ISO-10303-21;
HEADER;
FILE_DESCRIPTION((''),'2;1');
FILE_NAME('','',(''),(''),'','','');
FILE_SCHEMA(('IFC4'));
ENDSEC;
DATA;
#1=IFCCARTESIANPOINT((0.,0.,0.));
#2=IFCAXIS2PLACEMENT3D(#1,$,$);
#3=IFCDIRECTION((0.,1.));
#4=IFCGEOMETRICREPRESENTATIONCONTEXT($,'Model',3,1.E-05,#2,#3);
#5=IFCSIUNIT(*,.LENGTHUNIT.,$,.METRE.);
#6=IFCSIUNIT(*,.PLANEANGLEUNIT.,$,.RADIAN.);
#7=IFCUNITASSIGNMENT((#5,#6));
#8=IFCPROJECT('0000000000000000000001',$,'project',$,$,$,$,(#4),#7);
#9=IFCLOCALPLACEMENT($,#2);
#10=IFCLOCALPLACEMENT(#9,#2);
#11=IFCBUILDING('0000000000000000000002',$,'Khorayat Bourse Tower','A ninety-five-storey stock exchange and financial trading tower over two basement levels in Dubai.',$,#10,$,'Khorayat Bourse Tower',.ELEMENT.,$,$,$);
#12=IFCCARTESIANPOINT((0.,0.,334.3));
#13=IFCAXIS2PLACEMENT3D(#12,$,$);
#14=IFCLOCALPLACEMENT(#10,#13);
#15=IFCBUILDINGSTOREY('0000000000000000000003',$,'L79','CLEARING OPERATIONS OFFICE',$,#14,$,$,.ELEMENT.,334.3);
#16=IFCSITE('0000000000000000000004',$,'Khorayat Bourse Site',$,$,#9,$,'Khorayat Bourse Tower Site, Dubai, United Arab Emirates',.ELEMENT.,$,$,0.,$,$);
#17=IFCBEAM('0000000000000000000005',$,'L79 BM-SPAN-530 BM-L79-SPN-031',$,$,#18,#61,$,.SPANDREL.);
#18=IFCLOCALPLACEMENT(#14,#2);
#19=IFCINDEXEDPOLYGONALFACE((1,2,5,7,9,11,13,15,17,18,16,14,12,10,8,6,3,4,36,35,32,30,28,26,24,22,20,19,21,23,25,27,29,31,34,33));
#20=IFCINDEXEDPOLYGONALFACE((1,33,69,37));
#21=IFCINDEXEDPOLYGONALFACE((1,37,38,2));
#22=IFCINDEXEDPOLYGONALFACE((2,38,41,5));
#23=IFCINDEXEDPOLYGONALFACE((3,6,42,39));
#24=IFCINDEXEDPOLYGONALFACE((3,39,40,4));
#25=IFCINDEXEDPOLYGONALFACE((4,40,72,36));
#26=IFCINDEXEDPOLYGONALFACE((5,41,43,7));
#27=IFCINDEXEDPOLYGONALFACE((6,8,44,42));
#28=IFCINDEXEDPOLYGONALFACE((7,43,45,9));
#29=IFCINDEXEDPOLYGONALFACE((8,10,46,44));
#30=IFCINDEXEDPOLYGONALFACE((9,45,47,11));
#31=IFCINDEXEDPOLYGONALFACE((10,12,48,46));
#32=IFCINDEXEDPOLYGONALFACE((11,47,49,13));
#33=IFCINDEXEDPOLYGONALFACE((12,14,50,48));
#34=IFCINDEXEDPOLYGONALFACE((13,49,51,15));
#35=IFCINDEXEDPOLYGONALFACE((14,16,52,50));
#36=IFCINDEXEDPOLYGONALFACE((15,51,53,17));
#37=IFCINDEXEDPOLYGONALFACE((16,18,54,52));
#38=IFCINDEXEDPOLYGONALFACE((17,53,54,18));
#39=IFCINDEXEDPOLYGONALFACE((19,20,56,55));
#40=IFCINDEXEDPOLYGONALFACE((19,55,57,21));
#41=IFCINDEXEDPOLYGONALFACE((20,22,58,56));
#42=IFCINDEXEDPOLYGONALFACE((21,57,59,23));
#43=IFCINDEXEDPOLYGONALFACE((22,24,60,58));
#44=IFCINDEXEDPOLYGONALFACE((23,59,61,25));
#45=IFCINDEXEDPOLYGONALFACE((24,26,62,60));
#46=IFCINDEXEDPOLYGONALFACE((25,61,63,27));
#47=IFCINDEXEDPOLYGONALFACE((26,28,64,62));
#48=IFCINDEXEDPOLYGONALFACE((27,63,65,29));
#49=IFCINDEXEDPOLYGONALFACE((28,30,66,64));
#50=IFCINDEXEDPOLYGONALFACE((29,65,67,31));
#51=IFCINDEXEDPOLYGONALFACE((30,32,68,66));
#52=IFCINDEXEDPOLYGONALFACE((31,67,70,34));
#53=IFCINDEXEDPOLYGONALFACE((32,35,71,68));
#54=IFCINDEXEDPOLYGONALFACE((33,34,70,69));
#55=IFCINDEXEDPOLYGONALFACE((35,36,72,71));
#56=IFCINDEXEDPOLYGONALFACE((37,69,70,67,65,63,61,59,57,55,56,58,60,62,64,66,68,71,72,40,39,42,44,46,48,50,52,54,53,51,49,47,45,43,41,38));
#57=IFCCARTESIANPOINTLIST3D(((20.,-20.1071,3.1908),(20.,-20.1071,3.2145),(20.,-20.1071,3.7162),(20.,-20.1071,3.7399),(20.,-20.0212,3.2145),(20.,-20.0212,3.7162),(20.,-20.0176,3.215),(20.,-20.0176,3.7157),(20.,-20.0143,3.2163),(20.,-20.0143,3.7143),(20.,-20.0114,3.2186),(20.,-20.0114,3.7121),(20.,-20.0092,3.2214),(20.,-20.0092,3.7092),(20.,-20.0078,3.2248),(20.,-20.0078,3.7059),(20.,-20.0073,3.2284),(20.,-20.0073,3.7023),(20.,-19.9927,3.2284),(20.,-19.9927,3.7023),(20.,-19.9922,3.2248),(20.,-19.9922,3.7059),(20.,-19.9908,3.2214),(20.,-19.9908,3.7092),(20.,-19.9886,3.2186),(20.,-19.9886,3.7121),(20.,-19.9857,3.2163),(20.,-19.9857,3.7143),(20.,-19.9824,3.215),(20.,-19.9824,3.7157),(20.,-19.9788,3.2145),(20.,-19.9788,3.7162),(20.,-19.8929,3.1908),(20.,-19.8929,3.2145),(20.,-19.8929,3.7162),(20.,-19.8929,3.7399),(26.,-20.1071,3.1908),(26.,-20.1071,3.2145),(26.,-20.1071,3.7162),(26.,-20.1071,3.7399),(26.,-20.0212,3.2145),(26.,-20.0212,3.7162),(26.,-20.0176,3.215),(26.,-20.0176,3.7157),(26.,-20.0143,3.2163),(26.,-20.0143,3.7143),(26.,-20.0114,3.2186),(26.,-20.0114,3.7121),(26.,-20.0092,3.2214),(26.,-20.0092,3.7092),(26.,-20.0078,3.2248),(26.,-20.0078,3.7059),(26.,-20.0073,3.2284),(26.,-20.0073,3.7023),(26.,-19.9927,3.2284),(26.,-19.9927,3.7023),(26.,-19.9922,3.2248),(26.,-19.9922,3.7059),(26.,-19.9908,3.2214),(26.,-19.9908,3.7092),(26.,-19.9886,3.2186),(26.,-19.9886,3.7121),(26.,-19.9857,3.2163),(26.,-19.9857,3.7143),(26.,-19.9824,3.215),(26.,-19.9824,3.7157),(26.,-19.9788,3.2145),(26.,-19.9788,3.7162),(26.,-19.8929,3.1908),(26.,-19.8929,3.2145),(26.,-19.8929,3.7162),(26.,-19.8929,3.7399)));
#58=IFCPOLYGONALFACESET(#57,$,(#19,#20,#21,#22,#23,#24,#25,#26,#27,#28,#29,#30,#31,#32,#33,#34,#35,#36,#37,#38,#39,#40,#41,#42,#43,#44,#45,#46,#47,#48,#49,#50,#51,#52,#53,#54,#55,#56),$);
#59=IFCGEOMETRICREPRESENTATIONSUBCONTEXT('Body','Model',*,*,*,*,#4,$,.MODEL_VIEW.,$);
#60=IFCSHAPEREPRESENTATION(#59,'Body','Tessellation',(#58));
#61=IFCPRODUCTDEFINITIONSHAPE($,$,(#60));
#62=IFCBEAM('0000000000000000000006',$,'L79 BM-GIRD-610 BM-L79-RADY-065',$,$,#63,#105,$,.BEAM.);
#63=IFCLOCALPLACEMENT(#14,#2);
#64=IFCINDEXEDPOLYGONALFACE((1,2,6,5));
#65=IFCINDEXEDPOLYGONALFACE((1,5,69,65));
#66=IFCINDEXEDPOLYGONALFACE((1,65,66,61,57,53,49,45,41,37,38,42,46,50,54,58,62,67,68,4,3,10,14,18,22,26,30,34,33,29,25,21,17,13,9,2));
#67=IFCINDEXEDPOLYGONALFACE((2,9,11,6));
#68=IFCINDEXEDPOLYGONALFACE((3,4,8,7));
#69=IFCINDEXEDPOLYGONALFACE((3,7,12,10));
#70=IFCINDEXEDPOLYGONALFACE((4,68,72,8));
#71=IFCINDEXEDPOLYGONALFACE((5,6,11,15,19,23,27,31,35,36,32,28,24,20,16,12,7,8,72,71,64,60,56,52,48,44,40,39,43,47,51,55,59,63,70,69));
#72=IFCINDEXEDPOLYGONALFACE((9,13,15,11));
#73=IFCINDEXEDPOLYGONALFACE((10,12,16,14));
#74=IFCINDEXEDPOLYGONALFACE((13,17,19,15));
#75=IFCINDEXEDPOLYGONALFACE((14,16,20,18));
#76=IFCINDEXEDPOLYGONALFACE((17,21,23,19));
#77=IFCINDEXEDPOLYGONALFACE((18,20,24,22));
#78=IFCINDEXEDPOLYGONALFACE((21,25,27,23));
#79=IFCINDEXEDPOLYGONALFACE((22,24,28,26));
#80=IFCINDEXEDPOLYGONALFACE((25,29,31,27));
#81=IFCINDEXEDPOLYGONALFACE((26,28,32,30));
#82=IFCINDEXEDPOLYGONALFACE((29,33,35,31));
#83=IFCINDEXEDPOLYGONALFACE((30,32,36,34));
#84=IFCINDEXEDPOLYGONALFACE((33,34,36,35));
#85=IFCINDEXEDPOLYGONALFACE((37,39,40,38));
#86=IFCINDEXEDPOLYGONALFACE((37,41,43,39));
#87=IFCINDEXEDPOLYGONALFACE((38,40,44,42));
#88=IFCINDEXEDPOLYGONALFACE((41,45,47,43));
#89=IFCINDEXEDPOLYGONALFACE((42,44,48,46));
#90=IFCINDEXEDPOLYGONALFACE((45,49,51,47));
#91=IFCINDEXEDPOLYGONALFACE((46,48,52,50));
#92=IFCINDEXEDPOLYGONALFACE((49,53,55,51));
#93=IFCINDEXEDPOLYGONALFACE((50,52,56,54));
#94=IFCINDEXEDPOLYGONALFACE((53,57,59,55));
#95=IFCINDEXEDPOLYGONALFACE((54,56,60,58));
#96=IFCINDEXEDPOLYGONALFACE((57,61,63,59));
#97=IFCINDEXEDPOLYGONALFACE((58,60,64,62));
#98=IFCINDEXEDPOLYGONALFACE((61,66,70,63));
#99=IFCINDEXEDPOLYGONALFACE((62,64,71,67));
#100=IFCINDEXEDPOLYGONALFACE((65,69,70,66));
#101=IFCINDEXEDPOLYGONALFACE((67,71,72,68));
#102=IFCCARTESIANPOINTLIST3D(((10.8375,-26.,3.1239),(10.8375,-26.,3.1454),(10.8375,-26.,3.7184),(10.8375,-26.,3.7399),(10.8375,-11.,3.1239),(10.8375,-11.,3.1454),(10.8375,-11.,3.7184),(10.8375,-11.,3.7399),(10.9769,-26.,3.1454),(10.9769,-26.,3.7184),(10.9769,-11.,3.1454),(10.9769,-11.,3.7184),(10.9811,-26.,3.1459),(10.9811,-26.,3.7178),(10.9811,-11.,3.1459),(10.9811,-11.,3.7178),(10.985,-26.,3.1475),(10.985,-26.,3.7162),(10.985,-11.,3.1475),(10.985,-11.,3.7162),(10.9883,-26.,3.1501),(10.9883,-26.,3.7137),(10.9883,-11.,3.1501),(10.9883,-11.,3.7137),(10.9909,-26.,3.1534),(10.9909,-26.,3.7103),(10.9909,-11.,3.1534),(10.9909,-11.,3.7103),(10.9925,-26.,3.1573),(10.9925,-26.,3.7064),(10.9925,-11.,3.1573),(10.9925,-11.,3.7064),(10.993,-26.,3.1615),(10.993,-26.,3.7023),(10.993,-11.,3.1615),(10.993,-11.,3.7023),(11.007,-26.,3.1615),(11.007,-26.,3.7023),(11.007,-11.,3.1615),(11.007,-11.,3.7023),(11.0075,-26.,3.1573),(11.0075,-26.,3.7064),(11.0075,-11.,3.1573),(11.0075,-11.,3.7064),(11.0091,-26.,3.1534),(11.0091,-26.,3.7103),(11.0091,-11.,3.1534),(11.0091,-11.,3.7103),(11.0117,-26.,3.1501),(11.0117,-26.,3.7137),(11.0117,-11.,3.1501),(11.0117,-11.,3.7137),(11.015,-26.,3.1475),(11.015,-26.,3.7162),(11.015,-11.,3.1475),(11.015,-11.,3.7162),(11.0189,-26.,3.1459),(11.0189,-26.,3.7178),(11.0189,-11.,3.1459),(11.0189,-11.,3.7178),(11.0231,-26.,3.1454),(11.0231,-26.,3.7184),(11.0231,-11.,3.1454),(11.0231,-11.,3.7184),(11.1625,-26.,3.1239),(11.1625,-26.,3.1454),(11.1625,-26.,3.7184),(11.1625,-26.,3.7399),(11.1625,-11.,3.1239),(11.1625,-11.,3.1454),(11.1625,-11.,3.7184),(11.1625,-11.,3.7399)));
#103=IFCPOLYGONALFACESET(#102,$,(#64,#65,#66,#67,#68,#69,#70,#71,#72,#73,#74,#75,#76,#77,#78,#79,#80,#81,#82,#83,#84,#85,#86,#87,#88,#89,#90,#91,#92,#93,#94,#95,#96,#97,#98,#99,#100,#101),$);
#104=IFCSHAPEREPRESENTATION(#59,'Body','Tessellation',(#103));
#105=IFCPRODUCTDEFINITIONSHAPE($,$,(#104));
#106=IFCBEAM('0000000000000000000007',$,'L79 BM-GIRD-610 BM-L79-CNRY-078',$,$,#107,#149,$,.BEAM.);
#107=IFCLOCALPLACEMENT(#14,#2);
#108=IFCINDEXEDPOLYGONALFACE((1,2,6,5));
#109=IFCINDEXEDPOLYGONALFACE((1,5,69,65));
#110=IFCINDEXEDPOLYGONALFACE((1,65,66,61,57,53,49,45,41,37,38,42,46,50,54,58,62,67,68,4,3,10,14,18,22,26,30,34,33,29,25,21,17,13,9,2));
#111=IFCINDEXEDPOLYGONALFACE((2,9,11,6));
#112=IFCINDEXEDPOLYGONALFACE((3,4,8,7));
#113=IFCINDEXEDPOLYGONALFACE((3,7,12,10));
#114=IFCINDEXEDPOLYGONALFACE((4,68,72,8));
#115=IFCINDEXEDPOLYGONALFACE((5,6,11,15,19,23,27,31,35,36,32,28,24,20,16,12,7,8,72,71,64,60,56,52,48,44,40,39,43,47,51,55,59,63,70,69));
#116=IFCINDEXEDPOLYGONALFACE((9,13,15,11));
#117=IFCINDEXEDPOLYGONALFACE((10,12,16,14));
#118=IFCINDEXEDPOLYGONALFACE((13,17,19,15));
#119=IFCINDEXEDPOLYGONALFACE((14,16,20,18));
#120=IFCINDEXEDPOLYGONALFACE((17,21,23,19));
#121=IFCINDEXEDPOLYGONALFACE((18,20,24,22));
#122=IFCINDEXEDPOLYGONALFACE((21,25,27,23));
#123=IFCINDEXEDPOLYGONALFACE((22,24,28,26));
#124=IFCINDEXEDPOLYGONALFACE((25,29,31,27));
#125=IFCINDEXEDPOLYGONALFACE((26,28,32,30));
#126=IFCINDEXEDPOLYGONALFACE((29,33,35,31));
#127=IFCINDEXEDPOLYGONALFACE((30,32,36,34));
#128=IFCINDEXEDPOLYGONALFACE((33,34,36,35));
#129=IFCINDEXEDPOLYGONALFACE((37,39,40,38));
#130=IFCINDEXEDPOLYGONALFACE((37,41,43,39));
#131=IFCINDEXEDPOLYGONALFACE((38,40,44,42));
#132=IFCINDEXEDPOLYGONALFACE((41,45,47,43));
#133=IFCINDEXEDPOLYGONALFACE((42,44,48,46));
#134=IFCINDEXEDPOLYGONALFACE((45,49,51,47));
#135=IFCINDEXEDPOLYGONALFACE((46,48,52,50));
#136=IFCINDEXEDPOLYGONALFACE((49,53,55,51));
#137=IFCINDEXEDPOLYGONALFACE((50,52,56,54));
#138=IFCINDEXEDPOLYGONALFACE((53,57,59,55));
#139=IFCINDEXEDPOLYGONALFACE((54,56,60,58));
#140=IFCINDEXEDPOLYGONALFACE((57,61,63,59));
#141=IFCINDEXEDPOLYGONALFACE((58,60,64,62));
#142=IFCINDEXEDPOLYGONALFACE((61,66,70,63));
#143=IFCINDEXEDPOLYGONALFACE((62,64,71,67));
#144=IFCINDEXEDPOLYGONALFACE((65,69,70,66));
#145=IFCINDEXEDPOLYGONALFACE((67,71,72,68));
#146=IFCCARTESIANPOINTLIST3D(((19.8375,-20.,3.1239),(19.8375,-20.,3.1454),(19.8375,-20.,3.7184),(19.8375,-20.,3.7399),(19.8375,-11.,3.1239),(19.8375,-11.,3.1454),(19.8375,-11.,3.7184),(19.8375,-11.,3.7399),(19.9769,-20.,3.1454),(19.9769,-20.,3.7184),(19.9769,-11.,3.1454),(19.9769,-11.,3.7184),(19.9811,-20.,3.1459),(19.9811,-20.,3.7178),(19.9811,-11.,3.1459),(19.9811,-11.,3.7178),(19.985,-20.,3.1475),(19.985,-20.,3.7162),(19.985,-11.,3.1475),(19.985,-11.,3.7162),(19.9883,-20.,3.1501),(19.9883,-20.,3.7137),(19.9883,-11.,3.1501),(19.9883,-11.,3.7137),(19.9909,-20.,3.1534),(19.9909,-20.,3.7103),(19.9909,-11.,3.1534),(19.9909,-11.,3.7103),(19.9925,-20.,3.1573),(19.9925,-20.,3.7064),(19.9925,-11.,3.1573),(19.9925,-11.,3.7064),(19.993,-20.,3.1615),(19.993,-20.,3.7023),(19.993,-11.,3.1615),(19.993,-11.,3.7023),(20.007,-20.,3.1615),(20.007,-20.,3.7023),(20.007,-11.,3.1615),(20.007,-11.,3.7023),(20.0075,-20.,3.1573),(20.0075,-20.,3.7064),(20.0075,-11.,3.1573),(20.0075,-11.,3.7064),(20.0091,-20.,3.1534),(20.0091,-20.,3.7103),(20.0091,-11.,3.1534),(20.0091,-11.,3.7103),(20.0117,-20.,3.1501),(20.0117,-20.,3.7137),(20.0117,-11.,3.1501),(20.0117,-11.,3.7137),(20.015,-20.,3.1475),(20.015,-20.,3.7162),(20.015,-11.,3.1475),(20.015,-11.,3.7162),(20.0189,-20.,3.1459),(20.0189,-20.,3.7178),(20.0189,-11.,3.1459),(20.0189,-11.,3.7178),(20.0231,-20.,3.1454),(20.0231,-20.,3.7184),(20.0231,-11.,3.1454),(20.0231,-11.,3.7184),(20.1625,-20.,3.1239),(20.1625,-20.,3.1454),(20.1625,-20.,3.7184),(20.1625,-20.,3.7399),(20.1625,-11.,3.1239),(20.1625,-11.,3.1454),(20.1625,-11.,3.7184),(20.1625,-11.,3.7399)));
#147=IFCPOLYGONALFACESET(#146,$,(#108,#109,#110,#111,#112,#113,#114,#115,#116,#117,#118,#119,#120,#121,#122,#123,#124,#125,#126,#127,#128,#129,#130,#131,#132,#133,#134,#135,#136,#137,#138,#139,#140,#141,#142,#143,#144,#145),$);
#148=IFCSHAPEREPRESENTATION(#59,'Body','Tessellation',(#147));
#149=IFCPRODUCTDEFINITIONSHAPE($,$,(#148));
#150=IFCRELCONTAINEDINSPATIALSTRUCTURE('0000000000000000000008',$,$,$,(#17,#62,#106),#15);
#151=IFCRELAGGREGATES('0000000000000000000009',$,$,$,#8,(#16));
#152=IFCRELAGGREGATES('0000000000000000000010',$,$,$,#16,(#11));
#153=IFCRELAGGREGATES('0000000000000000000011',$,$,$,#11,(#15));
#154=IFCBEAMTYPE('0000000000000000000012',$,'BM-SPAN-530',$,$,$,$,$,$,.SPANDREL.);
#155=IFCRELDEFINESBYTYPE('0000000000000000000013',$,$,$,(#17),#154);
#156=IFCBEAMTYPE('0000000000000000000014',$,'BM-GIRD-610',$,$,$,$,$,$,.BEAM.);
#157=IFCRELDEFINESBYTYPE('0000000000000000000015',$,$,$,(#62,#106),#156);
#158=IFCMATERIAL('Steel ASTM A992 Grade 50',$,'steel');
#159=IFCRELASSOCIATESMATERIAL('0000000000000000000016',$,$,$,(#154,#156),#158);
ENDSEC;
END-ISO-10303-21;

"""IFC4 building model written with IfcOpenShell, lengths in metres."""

from ifc_helpers import new_model, si_unit, direction, frame, origin, origin_2d, place, context, subcontext, project, spatial, i_section, extrude, source, transform, mapped, material, material_profile, profile_set, type_object, element, save


model = new_model("IFC4")

# Units and contexts
model_context = context("Model", 3, precision=1e-05, world=origin(), true_north=direction((0.0, 1.0)))
body_context = subcontext(model_context, "Body", "Model", "MODEL_VIEW")
ifc_project = project(units=[si_unit("LENGTHUNIT", "METRE"), si_unit("PLANEANGLEUNIT", "RADIAN")], contexts=[model_context])

# Site, building, storey
site_placement = place(None, origin())
site = spatial("IfcSite", under=ifc_project, at=site_placement, Name="Khorayat Bourse Site", LongName="Khorayat Bourse Tower Site, Dubai, United Arab Emirates", CompositionType="ELEMENT", RefElevation=0.0)
building_placement = place(site_placement, origin())
building = spatial("IfcBuilding", under=site, at=building_placement, Name="Khorayat Bourse Tower", Description="A ninety-five-storey stock exchange and financial trading tower over two basement levels in Dubai.", LongName="Khorayat Bourse Tower", CompositionType="ELEMENT")
storey_placement = place(building_placement, frame((0.0, 0.0, 334.3)))
storey = spatial("IfcBuildingStorey", under=building, at=storey_placement, Name="L79", Description="CLEARING OPERATIONS OFFICE", CompositionType="ELEMENT", Elevation=334.3)

# Beams
ifc_material_1 = material(Name="Steel ASTM A992 Grade 50", Category="steel")
ifc_material_profile_1 = material_profile(ifc_material_1, i_section(OverallWidth=0.2141, OverallDepth=0.5491, WebThickness=0.0146, FlangeThickness=0.0237, FilletRadius=0.0139, at=origin_2d()), Name="W530X138")
ifc_profile_set_1 = profile_set([ifc_material_profile_1], Name="Steel ASTM A992 Grade 50")
beam_type_1 = type_object("IfcBeamType", Name="BM-SPAN-530", PredefinedType="SPANDREL", material=ifc_profile_set_1)
shared_shape_1 = source(origin(), body_context, "Body", "SweptSolid", [
    extrude(i_section(OverallWidth=0.2141, OverallDepth=0.5491, WebThickness=0.0146, FlangeThickness=0.0237, FilletRadius=0.0139, at=origin_2d()), origin(), (0.0, 0.0, 1.0), 6.0),
])
for number, where, z_axis, x_axis, name in (
    (1, (20.0, -20.0, 3.4653), (1.0, 0.0, 0.0), (0.0, 1.0, 0.0), "L79 BM-SPAN-530 BM-L79-SPN-031"),
):
    element("IfcBeam", number, at=place(storey_placement, frame(where, z_axis=z_axis, x_axis=x_axis)), inside=storey, type_object=beam_type_1, Name=name, PredefinedType="SPANDREL", context=body_context, shape_type="MappedRepresentation", body=[
        mapped(shared_shape_1, transform((0.0, 0.0, 0.0), scale=1.0)),
    ])
ifc_material_profile_2 = material_profile(ifc_material_1, i_section(OverallWidth=0.325, OverallDepth=0.616, WebThickness=0.0139, FlangeThickness=0.0215, FilletRadius=0.0161, at=origin_2d()), Name="W610X174")
ifc_profile_set_2 = profile_set([ifc_material_profile_2], Name="Steel ASTM A992 Grade 50")
beam_type_2 = type_object("IfcBeamType", Name="BM-GIRD-610", PredefinedType="BEAM", material=ifc_profile_set_2)
shared_shape_2 = source(origin(), body_context, "Body", "SweptSolid", [
    extrude(i_section(OverallWidth=0.325, OverallDepth=0.616, WebThickness=0.0139, FlangeThickness=0.0215, FilletRadius=0.0161, at=origin_2d()), origin(), (0.0, 0.0, 1.0), 15.0),
])
beam_1_placement = place(storey_placement, frame((11.0, -26.0, 3.4319), z_axis=(0.0, 1.0, 0.0), x_axis=(-1.0, 0.0, 0.0)))
element("IfcBeam", 2, at=beam_1_placement, inside=storey, type_object=beam_type_2, Name="L79 BM-GIRD-610 BM-L79-RADY-065", PredefinedType="BEAM", context=body_context, shape_type="MappedRepresentation", body=[
    mapped(shared_shape_2, transform((0.0, 0.0, 0.0), scale=1.0)),
])
shared_shape_3 = source(origin(), body_context, "Body", "SweptSolid", [
    extrude(i_section(OverallWidth=0.325, OverallDepth=0.616, WebThickness=0.0139, FlangeThickness=0.0215, FilletRadius=0.0161, at=origin_2d()), origin(), (0.0, 0.0, 1.0), 9.0),
])
beam_2_placement = place(storey_placement, frame((20.0, -20.0, 3.4319), z_axis=(0.0, 1.0, 0.0), x_axis=(-1.0, 0.0, 0.0)))
element("IfcBeam", 3, at=beam_2_placement, inside=storey, type_object=beam_type_2, Name="L79 BM-GIRD-610 BM-L79-CNRY-078", PredefinedType="BEAM", context=body_context, shape_type="MappedRepresentation", body=[
    mapped(shared_shape_3, transform((0.0, 0.0, 0.0), scale=1.0)),
])

save(model, "model.ifc")
